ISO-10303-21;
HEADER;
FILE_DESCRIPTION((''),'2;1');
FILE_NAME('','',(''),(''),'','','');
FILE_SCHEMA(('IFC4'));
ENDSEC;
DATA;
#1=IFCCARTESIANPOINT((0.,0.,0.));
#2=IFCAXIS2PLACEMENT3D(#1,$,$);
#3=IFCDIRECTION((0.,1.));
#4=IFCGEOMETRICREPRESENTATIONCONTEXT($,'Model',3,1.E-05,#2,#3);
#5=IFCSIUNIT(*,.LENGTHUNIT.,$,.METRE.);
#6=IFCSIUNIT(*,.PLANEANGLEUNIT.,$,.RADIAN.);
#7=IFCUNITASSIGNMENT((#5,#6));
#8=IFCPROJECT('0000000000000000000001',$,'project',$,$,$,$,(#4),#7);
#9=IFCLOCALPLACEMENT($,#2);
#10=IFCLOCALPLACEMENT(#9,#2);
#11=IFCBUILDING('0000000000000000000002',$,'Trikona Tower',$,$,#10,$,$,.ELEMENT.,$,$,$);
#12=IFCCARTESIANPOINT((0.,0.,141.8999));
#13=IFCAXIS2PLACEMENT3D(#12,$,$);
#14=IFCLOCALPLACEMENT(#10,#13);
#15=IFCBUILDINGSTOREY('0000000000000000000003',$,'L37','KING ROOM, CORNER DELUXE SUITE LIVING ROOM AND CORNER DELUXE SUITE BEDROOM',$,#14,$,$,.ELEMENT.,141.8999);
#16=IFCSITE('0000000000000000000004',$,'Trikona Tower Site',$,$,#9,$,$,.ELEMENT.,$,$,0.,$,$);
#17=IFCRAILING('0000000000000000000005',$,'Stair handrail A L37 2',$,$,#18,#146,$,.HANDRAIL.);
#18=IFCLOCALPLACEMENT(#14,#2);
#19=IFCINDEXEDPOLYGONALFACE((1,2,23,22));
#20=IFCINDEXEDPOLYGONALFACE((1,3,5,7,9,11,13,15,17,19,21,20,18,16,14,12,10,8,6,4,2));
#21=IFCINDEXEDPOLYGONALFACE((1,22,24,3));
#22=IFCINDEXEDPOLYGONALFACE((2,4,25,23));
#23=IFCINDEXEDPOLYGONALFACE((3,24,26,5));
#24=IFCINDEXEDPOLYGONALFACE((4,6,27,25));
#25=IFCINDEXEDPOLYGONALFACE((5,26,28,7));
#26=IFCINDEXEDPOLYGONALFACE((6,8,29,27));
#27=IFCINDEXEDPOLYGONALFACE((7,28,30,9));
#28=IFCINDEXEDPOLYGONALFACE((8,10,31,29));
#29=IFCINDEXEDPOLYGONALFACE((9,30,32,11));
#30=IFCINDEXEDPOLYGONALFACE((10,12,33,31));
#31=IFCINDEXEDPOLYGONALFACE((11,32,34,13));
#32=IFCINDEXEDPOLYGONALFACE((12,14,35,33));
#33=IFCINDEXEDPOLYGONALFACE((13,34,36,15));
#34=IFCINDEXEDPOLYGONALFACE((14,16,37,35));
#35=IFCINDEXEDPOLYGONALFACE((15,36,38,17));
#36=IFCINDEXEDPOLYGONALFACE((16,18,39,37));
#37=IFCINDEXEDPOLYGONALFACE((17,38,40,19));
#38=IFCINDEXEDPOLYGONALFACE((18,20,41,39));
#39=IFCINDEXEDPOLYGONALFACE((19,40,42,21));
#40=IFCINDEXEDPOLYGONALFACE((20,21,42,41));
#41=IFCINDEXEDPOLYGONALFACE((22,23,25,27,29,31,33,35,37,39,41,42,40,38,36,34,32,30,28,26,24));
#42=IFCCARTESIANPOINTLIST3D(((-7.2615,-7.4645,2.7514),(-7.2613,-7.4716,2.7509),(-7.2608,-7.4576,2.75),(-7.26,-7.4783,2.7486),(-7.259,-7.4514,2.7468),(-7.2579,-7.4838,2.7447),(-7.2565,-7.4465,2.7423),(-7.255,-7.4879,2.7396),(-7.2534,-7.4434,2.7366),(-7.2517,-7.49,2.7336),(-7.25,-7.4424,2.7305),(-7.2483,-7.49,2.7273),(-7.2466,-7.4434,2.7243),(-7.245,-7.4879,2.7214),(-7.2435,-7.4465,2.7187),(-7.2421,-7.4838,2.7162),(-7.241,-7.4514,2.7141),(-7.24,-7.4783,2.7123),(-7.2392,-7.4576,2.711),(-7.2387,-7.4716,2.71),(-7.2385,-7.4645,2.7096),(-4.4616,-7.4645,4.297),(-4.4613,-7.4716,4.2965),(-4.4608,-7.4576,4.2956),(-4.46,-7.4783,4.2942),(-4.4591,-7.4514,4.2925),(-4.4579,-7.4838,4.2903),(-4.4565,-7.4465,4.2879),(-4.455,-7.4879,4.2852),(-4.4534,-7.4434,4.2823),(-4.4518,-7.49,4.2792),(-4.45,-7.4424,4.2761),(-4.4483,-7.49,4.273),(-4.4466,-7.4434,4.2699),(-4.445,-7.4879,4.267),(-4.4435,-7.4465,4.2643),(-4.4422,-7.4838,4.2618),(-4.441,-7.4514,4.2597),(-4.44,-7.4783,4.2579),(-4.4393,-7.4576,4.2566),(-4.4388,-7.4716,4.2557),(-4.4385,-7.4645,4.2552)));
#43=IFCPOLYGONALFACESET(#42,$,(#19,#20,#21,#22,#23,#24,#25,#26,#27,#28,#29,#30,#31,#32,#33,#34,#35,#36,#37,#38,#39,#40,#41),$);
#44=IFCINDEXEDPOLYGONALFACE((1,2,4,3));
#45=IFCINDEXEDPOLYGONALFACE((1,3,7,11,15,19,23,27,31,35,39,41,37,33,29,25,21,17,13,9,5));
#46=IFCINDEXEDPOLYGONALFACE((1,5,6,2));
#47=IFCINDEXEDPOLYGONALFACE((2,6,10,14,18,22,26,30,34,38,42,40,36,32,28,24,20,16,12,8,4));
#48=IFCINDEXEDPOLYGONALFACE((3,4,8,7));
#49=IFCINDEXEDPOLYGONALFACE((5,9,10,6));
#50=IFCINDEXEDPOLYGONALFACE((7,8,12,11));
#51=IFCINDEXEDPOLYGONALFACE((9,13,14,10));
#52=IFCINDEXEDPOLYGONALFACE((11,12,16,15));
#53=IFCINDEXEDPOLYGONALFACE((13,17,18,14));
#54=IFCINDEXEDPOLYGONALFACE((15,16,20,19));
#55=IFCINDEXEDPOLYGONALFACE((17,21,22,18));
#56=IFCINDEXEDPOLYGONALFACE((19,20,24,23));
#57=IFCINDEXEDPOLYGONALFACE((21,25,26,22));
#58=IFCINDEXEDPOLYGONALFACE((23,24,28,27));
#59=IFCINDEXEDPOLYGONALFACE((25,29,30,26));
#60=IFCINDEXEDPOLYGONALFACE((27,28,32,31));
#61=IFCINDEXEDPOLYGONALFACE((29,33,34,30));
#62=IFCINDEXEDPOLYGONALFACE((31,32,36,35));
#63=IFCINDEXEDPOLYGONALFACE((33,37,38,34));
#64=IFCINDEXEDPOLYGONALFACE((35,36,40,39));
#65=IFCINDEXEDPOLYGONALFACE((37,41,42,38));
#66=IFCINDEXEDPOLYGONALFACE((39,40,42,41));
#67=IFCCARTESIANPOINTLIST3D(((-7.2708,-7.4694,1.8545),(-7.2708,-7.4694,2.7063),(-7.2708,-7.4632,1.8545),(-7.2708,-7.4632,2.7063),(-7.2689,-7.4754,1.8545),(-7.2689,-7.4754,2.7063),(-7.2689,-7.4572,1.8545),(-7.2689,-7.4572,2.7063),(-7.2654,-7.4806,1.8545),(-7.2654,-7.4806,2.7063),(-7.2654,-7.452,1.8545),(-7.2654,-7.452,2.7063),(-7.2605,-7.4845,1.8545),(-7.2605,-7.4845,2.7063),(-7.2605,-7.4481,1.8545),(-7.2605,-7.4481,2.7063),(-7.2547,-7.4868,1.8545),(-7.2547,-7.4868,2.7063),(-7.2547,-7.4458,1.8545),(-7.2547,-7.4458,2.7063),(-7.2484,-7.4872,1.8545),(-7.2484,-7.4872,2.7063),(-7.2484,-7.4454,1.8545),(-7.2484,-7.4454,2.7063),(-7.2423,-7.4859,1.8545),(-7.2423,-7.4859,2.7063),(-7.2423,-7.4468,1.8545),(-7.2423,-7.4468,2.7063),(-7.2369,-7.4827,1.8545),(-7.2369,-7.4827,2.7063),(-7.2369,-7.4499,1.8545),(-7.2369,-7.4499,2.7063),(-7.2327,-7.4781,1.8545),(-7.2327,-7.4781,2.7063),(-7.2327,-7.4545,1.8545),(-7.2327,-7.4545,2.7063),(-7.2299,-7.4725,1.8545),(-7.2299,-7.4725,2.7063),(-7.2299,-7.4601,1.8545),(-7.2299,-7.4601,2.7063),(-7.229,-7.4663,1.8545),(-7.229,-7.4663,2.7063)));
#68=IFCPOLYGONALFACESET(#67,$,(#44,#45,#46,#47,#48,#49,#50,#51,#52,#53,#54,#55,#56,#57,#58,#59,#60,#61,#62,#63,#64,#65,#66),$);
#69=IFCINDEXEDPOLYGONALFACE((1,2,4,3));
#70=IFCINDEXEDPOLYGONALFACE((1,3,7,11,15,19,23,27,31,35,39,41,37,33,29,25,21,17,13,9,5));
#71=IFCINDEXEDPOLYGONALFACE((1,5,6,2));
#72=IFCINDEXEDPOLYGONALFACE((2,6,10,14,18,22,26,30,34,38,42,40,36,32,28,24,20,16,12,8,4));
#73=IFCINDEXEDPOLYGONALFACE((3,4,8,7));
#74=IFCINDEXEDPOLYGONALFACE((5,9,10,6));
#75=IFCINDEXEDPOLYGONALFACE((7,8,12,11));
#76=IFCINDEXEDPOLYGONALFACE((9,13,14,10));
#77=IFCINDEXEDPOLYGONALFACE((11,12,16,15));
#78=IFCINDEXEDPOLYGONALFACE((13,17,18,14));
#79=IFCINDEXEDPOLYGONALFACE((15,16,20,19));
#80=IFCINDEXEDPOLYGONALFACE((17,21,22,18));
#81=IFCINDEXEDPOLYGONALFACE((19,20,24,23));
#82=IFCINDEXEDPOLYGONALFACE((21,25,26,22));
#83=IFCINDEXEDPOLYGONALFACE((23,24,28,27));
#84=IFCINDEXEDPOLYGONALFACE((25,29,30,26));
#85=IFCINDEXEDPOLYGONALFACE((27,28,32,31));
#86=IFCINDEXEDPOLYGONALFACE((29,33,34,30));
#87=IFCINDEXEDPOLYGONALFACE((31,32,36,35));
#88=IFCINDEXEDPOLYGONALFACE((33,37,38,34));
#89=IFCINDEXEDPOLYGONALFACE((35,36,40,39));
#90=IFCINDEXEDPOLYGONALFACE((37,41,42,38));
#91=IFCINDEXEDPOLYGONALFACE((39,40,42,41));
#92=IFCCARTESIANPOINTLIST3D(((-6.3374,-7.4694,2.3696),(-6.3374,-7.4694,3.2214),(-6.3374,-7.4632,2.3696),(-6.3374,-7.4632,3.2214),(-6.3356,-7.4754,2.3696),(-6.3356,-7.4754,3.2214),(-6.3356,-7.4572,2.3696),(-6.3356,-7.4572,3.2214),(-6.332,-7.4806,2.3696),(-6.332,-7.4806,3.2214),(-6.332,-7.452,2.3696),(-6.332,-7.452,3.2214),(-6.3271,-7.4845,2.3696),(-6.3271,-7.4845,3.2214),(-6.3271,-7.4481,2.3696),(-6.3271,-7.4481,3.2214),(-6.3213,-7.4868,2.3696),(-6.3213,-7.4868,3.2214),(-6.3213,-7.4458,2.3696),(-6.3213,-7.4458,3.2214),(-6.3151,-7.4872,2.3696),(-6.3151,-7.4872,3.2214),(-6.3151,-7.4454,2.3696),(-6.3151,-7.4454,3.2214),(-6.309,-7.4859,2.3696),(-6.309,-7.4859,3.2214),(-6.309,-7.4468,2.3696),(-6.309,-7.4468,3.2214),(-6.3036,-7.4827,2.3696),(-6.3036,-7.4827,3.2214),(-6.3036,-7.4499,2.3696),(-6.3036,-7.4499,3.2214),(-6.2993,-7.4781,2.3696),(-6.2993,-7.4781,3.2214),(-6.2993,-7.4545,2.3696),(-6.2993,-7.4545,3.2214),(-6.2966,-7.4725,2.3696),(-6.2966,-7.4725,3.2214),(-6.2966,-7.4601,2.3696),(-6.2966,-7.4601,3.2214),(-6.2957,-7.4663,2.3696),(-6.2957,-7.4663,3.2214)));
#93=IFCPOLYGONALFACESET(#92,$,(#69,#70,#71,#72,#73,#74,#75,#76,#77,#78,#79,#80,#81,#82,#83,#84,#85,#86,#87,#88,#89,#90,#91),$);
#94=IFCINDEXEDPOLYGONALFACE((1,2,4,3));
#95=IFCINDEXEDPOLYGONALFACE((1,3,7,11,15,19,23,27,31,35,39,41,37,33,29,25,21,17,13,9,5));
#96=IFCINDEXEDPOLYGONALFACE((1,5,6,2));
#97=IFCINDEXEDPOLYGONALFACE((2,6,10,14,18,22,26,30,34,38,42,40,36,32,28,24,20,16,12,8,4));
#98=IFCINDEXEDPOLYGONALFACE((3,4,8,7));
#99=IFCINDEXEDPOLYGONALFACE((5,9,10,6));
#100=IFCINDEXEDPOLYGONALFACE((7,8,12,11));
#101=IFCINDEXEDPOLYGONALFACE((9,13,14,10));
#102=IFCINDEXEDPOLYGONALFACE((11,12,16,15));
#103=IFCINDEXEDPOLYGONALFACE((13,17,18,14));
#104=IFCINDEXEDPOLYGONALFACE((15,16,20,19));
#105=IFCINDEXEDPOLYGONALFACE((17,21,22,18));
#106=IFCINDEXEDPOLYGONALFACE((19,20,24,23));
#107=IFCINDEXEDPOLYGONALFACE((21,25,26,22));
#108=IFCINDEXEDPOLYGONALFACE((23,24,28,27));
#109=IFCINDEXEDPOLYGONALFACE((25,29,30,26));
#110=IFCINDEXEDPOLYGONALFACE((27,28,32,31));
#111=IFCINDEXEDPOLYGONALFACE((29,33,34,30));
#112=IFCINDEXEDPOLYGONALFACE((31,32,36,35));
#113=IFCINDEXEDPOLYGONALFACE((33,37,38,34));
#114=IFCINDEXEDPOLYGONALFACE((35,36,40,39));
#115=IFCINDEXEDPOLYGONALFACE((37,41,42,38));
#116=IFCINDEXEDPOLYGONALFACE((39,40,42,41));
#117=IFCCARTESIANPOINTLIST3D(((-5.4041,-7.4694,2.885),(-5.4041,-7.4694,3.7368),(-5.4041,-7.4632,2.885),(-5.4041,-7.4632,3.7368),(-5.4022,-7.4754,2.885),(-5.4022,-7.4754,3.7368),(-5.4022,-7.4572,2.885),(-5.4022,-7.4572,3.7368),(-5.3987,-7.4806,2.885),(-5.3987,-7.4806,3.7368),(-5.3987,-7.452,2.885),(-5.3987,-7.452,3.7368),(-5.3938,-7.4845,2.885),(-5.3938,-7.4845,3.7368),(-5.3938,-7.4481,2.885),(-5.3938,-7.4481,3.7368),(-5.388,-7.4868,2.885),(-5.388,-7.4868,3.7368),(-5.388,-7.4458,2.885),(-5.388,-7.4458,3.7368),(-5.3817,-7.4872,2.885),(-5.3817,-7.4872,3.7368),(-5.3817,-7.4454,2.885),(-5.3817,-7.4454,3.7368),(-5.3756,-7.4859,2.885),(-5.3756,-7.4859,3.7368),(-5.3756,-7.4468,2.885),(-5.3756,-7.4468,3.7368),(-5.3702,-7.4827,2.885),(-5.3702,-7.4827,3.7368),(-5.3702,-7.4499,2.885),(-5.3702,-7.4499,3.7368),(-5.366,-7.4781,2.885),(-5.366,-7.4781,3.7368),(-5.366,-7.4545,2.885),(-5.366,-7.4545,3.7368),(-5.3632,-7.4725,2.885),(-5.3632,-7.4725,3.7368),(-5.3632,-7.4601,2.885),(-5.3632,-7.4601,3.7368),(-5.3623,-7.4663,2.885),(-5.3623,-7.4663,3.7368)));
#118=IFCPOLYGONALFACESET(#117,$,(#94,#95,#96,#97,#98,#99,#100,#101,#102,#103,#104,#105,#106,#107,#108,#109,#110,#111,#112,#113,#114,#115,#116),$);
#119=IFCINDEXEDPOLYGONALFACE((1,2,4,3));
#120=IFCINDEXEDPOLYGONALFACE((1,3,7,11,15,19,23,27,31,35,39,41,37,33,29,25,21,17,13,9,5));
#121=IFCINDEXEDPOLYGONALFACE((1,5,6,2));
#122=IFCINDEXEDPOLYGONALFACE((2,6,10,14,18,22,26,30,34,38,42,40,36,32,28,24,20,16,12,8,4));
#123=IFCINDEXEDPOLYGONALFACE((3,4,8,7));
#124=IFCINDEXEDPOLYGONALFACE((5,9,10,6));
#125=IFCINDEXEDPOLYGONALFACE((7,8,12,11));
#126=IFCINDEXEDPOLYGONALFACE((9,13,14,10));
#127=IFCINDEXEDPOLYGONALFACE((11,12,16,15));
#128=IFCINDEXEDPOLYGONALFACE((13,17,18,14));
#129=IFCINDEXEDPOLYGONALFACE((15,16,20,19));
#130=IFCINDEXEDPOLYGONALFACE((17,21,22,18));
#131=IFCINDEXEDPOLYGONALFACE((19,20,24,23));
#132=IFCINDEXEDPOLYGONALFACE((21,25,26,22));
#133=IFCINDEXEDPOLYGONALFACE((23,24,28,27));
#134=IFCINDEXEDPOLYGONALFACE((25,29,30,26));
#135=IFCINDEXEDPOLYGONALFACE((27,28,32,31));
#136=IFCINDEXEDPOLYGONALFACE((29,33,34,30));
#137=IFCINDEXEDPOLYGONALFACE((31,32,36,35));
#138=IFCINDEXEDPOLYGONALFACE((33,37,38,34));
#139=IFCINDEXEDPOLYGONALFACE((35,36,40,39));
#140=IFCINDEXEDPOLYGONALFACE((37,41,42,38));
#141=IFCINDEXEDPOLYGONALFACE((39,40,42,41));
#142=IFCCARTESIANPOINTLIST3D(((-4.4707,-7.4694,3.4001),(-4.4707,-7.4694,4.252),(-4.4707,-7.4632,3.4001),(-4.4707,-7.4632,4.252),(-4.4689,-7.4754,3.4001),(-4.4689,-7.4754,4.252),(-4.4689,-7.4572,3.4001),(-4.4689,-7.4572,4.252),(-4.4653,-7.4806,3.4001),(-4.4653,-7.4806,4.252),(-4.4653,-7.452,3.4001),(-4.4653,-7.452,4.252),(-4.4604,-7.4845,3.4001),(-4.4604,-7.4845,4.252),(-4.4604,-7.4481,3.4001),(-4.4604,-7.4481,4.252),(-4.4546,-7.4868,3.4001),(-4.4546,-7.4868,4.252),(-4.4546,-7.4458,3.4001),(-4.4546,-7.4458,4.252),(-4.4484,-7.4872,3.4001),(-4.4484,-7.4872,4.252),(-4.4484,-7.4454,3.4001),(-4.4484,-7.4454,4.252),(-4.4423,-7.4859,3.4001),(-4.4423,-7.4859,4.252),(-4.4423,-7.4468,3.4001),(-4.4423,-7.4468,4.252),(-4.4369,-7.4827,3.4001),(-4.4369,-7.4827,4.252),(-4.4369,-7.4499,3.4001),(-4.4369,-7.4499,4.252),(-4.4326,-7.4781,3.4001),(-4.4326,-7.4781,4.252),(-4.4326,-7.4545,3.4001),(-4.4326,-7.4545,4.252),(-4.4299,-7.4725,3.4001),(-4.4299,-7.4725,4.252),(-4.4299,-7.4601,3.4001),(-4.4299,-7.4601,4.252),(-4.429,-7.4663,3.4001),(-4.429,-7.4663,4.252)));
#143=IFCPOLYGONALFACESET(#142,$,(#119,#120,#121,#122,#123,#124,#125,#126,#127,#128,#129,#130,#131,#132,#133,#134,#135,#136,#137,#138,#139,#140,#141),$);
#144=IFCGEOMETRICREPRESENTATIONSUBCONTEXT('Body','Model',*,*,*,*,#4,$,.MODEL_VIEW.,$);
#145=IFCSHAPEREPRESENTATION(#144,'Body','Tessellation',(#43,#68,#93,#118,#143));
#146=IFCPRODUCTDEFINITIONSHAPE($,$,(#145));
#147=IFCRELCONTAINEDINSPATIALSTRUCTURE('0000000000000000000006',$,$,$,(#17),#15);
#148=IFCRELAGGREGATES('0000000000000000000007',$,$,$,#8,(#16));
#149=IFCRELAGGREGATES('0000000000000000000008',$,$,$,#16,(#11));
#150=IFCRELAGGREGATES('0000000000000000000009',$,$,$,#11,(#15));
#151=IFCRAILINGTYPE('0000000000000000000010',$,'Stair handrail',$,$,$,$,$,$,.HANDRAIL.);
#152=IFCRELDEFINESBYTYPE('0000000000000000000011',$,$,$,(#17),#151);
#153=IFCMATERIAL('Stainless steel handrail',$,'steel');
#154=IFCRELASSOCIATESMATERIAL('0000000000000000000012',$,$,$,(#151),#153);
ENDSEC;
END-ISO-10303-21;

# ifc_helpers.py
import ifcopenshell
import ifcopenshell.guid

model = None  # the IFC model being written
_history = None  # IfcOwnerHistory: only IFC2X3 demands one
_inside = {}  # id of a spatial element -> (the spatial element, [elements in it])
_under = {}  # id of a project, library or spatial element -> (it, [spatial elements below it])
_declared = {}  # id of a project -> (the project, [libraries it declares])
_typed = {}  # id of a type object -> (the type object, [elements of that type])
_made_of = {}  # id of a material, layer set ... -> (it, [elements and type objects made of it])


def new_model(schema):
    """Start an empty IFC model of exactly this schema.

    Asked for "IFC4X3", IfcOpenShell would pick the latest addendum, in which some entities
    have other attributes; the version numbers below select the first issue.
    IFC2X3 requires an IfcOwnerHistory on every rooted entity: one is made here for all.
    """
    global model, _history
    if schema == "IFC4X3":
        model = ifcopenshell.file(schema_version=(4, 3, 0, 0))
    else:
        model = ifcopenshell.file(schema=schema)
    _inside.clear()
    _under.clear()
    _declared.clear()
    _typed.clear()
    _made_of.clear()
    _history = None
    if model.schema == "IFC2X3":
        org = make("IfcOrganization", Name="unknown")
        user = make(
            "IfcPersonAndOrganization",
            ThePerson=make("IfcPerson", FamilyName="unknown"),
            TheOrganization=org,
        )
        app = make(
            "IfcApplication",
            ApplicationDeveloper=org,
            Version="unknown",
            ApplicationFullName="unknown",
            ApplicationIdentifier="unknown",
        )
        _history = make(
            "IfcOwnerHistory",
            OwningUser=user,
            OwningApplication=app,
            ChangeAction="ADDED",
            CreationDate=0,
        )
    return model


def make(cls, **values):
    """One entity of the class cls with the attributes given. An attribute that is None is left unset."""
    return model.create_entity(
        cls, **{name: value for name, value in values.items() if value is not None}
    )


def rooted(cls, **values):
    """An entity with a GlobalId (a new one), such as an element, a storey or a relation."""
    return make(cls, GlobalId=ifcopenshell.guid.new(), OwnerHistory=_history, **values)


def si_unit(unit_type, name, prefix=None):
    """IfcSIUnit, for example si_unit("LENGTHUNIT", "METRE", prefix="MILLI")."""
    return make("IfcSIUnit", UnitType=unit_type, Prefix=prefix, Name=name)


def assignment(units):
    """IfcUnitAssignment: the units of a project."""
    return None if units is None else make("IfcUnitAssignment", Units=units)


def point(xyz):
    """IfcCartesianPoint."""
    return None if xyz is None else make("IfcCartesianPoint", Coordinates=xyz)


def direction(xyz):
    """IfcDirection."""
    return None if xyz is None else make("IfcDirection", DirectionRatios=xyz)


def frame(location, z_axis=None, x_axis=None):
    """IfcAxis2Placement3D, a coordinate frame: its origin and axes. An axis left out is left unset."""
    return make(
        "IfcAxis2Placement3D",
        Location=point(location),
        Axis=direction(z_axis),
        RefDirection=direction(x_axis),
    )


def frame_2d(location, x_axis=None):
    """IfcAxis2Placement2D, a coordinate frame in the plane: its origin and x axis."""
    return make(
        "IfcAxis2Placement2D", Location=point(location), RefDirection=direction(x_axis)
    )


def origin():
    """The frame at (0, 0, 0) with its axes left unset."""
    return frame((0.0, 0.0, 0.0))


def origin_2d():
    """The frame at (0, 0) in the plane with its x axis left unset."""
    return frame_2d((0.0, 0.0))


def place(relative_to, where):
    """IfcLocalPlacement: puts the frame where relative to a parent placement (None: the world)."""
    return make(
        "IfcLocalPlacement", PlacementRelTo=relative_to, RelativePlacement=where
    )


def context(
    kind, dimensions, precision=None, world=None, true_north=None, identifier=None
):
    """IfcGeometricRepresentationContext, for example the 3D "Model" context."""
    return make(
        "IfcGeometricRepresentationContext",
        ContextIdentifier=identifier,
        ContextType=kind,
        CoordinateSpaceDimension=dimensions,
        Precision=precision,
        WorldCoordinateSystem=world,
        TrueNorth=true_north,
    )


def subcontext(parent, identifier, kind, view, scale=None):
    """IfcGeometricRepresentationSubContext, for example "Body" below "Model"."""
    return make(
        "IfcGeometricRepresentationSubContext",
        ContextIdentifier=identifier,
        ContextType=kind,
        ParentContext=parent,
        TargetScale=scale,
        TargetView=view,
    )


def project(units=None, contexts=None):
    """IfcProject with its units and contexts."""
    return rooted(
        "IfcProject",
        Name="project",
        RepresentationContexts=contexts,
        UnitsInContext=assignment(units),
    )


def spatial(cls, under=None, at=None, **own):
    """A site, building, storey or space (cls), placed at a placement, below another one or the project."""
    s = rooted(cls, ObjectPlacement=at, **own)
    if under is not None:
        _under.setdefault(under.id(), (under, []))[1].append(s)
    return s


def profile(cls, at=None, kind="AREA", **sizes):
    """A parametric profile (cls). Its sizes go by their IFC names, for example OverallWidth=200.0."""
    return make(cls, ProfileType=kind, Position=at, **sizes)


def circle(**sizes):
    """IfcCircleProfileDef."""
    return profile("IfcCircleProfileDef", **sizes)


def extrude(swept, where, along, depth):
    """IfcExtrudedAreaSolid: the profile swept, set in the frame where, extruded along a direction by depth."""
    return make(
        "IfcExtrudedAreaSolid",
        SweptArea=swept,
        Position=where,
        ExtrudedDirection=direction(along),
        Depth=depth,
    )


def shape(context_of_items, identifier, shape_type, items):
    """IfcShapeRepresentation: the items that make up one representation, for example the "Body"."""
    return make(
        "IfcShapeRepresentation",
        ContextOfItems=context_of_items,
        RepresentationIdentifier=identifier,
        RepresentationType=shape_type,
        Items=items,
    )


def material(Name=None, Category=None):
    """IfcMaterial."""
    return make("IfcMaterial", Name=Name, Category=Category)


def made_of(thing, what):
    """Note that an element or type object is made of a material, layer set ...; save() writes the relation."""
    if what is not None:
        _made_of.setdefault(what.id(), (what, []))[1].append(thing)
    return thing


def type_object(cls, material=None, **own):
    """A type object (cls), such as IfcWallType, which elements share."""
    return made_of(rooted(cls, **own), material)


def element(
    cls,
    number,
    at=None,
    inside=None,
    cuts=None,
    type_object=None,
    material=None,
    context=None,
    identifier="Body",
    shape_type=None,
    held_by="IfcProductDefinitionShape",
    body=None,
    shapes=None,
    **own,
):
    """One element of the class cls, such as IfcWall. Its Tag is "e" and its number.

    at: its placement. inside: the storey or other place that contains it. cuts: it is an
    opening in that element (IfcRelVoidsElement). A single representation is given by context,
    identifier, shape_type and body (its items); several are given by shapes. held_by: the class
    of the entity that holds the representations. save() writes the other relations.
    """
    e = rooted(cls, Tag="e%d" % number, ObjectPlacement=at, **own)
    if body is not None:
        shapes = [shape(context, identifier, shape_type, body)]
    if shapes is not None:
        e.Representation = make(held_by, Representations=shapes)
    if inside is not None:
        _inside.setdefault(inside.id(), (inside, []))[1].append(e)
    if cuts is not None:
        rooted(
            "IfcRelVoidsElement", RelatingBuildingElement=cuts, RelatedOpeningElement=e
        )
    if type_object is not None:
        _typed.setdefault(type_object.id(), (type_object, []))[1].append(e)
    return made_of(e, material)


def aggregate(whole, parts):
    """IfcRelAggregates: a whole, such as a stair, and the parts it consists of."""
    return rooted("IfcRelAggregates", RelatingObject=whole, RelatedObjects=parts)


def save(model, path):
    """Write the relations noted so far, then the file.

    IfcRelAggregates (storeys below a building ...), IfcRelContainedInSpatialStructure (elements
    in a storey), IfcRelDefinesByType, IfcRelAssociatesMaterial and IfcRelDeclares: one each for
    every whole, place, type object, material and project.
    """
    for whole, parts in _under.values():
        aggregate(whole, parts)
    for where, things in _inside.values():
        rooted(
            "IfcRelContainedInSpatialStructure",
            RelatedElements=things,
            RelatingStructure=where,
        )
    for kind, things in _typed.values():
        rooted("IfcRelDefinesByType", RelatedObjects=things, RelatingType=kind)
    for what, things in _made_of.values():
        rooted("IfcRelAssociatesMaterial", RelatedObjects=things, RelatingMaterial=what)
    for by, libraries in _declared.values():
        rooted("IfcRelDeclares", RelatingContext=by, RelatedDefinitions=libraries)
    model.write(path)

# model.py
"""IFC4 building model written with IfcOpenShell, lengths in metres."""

from ifc_helpers import new_model, si_unit, direction, frame, origin, origin_2d, place, context, subcontext, project, spatial, circle, extrude, material, type_object, element, save


model = new_model("IFC4")

# Units and contexts
model_context = context("Model", 3, precision=1e-05, world=origin(), true_north=direction((0.0, 1.0)))
body_context = subcontext(model_context, "Body", "Model", "MODEL_VIEW")
ifc_project = project(units=[si_unit("LENGTHUNIT", "METRE"), si_unit("PLANEANGLEUNIT", "RADIAN")], contexts=[model_context])

# Site, building, storey
site_placement = place(None, origin())
site = spatial("IfcSite", under=ifc_project, at=site_placement, Name="Trikona Tower Site", CompositionType="ELEMENT", RefElevation=0.0)
building_placement = place(site_placement, origin())
building = spatial("IfcBuilding", under=site, at=building_placement, Name="Trikona Tower", CompositionType="ELEMENT")
storey_placement = place(building_placement, frame((0.0, 0.0, 141.8999)))
storey = spatial("IfcBuildingStorey", under=building, at=storey_placement, Name="L37", Description="KING ROOM, CORNER DELUXE SUITE LIVING ROOM AND CORNER DELUXE SUITE BEDROOM", CompositionType="ELEMENT", Elevation=141.8999)

# Railing
ifc_material_1 = material(Name="Stainless steel handrail", Category="steel")
railing_type = type_object("IfcRailingType", Name="Stair handrail", PredefinedType="HANDRAIL", material=ifc_material_1)
railing_placement = place(storey_placement, frame((-7.25, -7.4663, 1.8545)))
element("IfcRailing", 1, at=railing_placement, inside=storey, type_object=railing_type, Name="Stair handrail A L37 2", PredefinedType="HANDRAIL", context=body_context, shape_type="SweptSolid", body=[
    extrude(circle(Radius=0.0239, at=origin_2d()), frame((0.0, 0.0, 0.876), z_axis=(0.875472, 0.0, 0.483269), x_axis=(0.0, 1.0, 0.0)), (0.0, 0.0, 1.0), 3.1982),
    extrude(circle(Radius=0.021, at=origin_2d()), origin(), (0.0, 0.0, 1.0), 0.8518),
    extrude(circle(Radius=0.021, at=origin_2d()), frame((0.9333, 0.0, 0.5151)), (0.0, 0.0, 1.0), 0.8518),
    extrude(circle(Radius=0.021, at=origin_2d()), frame((1.8667, 0.0, 1.0305)), (0.0, 0.0, 1.0), 0.8518),
    extrude(circle(Radius=0.021, at=origin_2d()), frame((2.8, 0.0, 1.5457)), (0.0, 0.0, 1.0), 0.8518),
])

save(model, "model.ifc")
